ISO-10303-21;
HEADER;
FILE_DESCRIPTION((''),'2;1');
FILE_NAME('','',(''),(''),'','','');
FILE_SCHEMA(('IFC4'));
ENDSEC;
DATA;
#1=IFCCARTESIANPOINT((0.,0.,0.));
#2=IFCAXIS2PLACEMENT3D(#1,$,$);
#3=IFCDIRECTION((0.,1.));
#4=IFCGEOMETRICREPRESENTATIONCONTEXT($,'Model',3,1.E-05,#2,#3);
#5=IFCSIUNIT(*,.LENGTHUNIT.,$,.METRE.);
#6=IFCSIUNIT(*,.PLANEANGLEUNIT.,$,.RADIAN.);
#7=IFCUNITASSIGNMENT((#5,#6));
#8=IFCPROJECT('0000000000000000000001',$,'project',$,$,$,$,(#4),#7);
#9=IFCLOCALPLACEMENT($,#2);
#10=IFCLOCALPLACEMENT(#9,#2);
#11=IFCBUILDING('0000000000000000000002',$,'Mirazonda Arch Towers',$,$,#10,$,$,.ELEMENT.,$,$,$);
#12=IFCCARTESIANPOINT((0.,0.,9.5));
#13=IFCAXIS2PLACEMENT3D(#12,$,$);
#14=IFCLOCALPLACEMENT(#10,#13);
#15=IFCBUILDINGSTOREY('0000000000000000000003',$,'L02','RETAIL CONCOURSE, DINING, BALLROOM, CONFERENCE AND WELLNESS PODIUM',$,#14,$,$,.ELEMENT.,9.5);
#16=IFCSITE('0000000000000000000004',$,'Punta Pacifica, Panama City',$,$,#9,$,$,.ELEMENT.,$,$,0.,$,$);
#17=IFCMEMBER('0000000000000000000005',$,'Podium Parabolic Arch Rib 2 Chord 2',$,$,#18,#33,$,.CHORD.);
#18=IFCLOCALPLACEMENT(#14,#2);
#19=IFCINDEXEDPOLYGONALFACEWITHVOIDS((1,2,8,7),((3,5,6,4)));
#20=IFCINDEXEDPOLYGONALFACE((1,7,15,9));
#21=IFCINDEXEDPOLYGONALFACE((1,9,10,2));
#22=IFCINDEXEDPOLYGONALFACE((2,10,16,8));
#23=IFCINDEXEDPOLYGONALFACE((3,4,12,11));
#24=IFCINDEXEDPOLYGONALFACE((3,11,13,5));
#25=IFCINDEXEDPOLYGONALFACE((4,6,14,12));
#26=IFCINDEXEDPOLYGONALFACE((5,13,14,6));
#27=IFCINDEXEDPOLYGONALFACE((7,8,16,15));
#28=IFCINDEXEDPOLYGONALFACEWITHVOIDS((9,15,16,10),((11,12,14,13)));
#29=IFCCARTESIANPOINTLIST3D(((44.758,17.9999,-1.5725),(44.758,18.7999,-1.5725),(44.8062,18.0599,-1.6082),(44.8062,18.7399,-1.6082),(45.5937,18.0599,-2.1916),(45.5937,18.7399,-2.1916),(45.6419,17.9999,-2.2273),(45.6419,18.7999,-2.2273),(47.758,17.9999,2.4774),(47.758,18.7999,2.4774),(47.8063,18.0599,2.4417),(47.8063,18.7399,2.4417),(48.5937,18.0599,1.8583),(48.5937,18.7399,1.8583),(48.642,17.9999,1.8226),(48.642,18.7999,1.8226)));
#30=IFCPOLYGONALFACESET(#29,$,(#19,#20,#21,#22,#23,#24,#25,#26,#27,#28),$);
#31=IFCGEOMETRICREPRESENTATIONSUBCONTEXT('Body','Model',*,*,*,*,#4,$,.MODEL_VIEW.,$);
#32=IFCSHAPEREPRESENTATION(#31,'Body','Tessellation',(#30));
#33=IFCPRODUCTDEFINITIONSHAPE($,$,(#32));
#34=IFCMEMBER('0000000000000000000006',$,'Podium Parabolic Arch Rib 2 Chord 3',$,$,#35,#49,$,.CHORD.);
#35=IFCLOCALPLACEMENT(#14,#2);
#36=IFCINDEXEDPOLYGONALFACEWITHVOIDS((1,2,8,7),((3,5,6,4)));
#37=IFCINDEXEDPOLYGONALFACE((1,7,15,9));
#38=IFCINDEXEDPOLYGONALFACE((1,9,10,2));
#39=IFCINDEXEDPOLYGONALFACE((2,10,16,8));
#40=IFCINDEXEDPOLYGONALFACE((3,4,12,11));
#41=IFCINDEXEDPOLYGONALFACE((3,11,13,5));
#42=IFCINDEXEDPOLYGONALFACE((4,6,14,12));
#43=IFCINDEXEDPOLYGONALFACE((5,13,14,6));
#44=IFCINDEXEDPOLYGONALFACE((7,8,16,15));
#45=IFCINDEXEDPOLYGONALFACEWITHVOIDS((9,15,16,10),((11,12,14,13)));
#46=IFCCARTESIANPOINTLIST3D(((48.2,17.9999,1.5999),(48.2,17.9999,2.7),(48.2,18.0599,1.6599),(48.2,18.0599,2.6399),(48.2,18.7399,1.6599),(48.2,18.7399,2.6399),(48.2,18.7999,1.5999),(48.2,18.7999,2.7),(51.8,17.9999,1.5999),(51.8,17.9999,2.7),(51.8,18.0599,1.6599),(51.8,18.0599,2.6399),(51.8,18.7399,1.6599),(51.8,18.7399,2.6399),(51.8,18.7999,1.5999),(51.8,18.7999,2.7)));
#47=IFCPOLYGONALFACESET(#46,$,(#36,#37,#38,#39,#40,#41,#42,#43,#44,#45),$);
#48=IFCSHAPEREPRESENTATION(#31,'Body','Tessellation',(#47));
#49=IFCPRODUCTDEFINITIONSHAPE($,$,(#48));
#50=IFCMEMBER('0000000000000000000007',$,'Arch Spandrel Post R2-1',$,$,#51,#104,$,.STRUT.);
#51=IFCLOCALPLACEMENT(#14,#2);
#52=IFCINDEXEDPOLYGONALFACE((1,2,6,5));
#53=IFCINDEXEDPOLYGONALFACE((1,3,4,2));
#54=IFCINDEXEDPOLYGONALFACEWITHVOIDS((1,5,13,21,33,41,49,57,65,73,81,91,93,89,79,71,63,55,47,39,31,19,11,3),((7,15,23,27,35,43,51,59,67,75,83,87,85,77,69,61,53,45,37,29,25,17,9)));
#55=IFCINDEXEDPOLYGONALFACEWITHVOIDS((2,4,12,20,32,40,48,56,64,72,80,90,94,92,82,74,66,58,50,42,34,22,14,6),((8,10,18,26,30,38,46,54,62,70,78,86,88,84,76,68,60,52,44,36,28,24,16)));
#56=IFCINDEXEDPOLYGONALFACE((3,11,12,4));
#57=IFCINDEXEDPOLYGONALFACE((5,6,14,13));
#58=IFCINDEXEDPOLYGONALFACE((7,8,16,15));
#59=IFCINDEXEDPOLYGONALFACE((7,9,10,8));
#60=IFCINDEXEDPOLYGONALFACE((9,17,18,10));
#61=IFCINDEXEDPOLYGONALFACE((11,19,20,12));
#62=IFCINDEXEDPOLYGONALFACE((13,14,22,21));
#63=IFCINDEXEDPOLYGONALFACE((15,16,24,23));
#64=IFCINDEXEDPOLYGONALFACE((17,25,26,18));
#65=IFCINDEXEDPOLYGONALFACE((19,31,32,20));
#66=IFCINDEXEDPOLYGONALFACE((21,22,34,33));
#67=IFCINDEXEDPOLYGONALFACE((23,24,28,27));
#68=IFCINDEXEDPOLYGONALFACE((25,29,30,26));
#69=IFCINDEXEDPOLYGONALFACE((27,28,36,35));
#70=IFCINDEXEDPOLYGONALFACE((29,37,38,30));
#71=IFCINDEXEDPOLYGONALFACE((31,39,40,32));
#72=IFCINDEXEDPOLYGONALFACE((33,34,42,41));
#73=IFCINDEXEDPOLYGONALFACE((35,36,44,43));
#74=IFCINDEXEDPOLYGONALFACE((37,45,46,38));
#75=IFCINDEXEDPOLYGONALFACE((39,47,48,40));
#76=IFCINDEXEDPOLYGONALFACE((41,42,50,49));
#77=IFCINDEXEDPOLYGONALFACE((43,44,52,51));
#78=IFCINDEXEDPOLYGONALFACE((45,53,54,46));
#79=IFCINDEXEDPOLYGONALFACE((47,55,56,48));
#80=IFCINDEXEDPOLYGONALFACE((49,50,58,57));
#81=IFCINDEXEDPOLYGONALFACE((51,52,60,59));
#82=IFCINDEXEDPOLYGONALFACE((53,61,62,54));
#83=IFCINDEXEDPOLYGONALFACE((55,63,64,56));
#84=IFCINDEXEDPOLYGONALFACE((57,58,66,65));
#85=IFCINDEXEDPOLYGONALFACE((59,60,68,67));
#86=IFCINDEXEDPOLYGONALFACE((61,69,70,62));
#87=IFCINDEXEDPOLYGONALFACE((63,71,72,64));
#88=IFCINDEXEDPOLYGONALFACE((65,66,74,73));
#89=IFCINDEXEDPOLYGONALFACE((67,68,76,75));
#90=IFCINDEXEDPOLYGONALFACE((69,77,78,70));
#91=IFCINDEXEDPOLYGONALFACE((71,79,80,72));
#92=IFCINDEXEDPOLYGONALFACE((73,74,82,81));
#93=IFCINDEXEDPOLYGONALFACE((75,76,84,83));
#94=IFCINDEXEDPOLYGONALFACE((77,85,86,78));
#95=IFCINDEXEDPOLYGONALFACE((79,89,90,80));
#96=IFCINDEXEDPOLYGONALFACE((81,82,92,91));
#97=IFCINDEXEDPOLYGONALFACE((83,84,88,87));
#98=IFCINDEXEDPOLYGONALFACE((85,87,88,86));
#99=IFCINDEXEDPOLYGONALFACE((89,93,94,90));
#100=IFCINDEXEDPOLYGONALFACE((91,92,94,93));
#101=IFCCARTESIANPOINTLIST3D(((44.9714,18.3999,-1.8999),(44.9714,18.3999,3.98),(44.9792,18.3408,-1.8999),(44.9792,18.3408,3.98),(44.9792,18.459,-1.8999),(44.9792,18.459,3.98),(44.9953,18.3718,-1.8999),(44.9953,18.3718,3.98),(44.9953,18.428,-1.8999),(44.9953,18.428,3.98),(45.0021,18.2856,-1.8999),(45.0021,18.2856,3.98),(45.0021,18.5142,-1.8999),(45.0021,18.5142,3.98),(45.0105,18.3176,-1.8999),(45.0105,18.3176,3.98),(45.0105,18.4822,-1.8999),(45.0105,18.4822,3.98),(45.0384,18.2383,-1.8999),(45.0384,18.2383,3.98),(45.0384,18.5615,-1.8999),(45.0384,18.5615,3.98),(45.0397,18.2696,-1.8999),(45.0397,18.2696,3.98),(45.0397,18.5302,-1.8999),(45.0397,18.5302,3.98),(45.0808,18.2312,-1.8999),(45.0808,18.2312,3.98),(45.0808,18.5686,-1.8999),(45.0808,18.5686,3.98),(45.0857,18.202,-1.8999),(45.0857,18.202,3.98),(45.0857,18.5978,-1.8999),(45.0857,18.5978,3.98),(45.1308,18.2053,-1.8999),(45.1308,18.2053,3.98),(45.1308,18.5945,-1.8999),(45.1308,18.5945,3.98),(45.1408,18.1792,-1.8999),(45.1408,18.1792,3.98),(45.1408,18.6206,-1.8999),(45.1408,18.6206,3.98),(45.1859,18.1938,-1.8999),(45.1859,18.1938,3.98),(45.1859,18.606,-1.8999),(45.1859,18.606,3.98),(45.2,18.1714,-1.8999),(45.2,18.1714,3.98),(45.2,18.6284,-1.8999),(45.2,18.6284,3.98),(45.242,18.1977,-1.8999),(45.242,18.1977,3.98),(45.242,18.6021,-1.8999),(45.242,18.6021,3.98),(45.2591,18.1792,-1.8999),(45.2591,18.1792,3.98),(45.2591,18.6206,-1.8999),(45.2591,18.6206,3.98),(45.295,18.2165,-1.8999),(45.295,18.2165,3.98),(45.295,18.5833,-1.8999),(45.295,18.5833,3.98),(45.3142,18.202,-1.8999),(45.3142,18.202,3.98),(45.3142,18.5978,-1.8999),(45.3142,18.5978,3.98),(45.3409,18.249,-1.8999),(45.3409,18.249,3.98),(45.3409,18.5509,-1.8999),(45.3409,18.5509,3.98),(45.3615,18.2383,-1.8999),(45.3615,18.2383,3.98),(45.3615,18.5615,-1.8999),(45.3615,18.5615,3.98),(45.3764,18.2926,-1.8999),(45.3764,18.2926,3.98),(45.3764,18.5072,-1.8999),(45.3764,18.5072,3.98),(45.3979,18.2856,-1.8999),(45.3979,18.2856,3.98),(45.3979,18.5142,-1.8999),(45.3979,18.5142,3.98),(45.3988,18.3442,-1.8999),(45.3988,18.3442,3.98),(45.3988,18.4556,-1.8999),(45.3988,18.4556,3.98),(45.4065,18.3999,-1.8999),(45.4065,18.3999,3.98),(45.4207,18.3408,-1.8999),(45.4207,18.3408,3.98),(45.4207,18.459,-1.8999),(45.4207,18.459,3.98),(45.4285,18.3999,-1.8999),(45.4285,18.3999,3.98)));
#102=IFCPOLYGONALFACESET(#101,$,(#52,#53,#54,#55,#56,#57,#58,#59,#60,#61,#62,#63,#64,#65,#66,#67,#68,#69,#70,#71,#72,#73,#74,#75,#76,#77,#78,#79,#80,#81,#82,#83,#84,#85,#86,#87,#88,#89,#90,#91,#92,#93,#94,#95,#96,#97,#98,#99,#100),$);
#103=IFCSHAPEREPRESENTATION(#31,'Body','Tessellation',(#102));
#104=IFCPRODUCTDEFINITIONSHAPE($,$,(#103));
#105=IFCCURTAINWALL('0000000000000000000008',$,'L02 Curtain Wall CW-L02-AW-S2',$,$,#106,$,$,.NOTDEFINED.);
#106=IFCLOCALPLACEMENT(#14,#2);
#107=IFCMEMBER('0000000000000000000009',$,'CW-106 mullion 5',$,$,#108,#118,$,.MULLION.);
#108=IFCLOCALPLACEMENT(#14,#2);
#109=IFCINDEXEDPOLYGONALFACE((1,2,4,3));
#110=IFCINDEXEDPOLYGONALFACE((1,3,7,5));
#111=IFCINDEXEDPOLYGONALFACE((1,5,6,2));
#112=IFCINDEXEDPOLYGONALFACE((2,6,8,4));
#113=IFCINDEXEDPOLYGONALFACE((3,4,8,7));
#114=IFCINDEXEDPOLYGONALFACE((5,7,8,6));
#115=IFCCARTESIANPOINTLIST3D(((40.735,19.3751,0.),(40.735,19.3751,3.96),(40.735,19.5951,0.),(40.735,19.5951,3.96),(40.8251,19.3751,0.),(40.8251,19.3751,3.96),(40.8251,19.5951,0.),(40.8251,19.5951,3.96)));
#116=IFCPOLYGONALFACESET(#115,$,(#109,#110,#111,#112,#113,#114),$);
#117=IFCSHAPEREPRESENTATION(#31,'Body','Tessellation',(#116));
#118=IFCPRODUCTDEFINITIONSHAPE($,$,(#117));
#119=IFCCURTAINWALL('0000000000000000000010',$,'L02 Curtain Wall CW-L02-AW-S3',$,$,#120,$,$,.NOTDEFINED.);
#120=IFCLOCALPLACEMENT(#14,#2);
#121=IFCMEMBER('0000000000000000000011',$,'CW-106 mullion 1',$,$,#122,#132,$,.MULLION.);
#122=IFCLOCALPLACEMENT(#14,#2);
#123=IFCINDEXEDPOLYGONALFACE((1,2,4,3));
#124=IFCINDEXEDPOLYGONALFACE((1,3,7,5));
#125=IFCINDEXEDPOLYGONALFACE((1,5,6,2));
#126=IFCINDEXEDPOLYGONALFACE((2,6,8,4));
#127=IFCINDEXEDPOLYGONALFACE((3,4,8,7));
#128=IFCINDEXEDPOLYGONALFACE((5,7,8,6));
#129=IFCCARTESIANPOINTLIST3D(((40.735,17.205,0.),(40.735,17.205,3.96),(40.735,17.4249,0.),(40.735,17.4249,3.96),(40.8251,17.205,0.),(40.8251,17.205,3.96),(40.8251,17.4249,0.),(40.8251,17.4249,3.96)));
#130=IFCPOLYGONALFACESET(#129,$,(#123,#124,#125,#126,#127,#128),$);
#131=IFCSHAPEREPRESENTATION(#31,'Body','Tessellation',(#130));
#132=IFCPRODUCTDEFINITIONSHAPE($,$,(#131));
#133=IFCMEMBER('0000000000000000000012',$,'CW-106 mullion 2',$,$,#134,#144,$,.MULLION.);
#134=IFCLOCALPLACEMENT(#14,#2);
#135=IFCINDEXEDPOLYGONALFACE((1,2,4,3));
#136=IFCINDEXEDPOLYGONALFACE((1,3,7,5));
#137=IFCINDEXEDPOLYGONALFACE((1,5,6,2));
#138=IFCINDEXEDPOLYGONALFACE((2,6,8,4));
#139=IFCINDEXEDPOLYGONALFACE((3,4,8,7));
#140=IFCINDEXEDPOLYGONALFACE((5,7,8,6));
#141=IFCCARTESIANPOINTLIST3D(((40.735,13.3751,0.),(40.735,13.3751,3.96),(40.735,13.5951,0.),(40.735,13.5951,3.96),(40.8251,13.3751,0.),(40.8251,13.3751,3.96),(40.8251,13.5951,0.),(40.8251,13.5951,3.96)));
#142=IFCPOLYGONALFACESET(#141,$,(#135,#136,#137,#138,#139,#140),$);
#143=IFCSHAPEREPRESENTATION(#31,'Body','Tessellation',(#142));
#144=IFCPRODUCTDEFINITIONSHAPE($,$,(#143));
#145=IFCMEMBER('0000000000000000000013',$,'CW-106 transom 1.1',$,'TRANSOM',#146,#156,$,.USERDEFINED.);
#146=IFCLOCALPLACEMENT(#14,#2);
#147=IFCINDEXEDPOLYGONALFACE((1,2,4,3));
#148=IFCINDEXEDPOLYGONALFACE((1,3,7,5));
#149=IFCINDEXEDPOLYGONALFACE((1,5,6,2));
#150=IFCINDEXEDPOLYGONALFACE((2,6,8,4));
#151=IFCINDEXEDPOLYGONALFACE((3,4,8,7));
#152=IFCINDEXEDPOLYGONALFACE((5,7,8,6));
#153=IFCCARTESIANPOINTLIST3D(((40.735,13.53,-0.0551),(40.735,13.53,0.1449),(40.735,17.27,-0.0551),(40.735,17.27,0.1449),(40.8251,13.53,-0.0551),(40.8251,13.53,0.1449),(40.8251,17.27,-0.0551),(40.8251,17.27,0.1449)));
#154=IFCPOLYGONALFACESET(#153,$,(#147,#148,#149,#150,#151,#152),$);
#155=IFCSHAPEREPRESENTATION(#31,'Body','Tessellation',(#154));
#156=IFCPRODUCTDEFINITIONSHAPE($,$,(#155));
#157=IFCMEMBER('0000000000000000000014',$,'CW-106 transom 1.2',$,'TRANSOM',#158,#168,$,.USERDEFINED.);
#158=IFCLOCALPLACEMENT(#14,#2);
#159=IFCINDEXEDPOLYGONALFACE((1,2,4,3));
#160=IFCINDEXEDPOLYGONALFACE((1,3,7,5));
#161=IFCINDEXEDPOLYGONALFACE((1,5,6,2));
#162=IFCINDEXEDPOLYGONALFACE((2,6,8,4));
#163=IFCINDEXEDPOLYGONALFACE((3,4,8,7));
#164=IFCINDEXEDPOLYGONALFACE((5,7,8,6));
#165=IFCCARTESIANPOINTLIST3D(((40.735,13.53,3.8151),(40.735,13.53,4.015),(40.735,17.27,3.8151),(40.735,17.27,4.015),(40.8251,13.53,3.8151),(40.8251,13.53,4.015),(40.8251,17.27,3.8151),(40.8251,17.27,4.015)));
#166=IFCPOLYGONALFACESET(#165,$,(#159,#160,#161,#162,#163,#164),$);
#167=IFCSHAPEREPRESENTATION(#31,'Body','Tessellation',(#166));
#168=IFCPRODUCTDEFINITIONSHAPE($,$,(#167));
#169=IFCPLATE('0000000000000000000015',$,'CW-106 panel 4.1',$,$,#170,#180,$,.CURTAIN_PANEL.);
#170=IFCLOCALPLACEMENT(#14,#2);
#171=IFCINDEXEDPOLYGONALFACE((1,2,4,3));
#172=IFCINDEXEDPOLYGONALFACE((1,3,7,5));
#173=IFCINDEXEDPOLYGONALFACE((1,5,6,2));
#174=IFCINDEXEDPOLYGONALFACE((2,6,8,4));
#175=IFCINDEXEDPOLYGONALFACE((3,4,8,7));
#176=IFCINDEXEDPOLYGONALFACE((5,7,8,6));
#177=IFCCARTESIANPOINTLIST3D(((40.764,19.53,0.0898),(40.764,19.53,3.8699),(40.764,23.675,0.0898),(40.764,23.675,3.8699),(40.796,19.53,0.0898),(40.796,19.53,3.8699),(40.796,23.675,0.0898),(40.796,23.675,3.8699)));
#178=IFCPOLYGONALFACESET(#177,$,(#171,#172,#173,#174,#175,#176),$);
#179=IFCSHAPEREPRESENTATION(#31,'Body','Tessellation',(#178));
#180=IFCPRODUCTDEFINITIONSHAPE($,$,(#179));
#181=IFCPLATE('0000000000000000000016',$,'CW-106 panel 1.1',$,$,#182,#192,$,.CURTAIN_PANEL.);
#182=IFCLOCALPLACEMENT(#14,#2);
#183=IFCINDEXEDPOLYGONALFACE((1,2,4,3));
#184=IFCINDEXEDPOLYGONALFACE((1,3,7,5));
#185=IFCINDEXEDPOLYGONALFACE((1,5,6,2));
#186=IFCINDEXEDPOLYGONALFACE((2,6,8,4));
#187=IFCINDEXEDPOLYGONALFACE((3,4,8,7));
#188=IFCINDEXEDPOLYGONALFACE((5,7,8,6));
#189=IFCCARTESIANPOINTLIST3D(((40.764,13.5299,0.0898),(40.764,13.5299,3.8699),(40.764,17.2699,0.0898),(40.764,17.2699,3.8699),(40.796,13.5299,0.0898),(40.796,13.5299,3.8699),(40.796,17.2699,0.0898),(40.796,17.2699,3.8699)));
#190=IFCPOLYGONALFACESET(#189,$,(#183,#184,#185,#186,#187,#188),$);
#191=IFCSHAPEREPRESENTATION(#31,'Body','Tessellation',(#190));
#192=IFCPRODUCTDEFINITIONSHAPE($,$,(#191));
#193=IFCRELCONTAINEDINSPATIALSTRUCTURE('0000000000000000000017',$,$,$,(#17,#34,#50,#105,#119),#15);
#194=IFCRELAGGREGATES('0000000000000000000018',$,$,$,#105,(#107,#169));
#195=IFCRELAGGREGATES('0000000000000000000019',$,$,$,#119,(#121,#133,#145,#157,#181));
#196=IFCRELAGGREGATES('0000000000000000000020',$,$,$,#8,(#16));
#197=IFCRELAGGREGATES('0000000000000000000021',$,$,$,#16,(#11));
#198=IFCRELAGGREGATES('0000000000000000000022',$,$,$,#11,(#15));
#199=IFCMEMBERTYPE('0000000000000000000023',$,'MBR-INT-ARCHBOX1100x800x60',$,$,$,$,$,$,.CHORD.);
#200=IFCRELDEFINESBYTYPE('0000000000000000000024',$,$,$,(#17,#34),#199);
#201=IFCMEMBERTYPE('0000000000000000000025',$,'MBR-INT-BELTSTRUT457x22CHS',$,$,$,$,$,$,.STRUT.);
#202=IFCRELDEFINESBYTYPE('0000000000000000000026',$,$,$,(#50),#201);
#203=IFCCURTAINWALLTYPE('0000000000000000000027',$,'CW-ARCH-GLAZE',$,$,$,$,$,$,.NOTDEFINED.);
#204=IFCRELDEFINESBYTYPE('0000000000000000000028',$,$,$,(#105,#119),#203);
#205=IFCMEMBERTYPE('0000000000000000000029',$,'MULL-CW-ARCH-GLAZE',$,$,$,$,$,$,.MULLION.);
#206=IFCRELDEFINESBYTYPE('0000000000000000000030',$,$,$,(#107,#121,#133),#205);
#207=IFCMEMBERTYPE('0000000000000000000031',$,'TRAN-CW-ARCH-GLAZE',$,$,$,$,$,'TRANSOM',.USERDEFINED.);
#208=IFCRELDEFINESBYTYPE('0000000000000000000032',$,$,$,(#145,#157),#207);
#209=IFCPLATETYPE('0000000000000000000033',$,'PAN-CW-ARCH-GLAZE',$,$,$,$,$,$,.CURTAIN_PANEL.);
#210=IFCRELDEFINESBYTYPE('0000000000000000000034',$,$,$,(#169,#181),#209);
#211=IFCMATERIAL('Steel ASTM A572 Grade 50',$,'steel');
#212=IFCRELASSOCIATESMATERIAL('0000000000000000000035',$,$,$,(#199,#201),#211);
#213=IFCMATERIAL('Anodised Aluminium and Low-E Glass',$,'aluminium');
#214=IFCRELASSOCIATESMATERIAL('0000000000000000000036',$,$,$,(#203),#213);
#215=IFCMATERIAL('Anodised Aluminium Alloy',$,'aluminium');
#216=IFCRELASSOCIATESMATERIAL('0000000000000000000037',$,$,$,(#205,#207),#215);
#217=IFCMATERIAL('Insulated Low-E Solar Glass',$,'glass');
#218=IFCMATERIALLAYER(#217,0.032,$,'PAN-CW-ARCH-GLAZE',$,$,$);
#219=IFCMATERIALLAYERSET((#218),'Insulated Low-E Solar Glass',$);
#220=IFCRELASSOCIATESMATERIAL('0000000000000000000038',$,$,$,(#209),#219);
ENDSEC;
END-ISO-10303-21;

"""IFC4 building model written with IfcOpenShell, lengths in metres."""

from ifc_helpers import new_model, si_unit, direction, frame, origin, origin_2d, place, context, subcontext, project, spatial, rectangle, hollow_rectangle, hollow_circle, extrude, material, layer, layer_set, material_profile, profile_set, type_object, element, aggregate, save


model = new_model("IFC4")

# Units and contexts
model_context = context("Model", 3, precision=1e-05, world=origin(), true_north=direction((0.0, 1.0)))
body_context = subcontext(model_context, "Body", "Model", "MODEL_VIEW")
ifc_project = project(units=[si_unit("LENGTHUNIT", "METRE"), si_unit("PLANEANGLEUNIT", "RADIAN")], contexts=[model_context])

# Site, building, storey
site_placement = place(None, origin())
site = spatial("IfcSite", under=ifc_project, at=site_placement, Name="Punta Pacifica, Panama City", CompositionType="ELEMENT", RefElevation=0.0)
building_placement = place(site_placement, origin())
building = spatial("IfcBuilding", under=site, at=building_placement, Name="Mirazonda Arch Towers", CompositionType="ELEMENT")
storey_placement = place(building_placement, frame((0.0, 0.0, 9.5)))
storey = spatial("IfcBuildingStorey", under=building, at=storey_placement, Name="L02", Description="RETAIL CONCOURSE, DINING, BALLROOM, CONFERENCE AND WELLNESS PODIUM", CompositionType="ELEMENT", Elevation=9.5)

# Shared definitions
ifc_material_1 = material(Name="Steel ASTM A572 Grade 50", Category="steel")

# Members
ifc_material_profile_1 = material_profile(ifc_material_1, hollow_rectangle(XDim=0.8, YDim=1.1001, WallThickness=0.0601, at=origin_2d()), Name="ARCHBOX1100x800x60")
ifc_profile_set_1 = profile_set([ifc_material_profile_1], Name="Steel ASTM A572 Grade 50")
member_type_1 = type_object("IfcMemberType", Name="MBR-INT-ARCHBOX1100x800x60", PredefinedType="CHORD", material=ifc_profile_set_1)
member_1_placement = place(storey_placement, frame((45.2, 18.3999, -1.8999), z_axis=(0.595246, 0.0, 0.803543), x_axis=(0.0, 1.0, 0.0)))
element("IfcMember", 1, at=member_1_placement, inside=storey, type_object=member_type_1, Name="Podium Parabolic Arch Rib 2 Chord 2", PredefinedType="CHORD", context=body_context, shape_type="SweptSolid", body=[
    extrude(hollow_rectangle(XDim=0.8, YDim=1.1001, WallThickness=0.0601, at=origin_2d()), origin(), (0.0, 0.0, 1.0), 5.04),
])
member_2_placement = place(storey_placement, frame((48.2, 18.3999, 2.1499), z_axis=(1.0, 0.0, 0.0), x_axis=(0.0, 1.0, 0.0)))
element("IfcMember", 2, at=member_2_placement, inside=storey, type_object=member_type_1, Name="Podium Parabolic Arch Rib 2 Chord 3", PredefinedType="CHORD", context=body_context, shape_type="SweptSolid", body=[
    extrude(hollow_rectangle(XDim=0.8, YDim=1.1001, WallThickness=0.0601, at=origin_2d()), origin(), (0.0, 0.0, 1.0), 3.6001),
])
ifc_material_profile_2 = material_profile(ifc_material_1, hollow_circle(Radius=0.2285, WallThickness=0.022, at=origin_2d()), Name="BELTSTRUT457x22CHS")
ifc_profile_set_2 = profile_set([ifc_material_profile_2], Name="Steel ASTM A572 Grade 50")
member_type_2 = type_object("IfcMemberType", Name="MBR-INT-BELTSTRUT457x22CHS", PredefinedType="STRUT", material=ifc_profile_set_2)
member_3_placement = place(storey_placement, frame((45.2, 18.3999, -1.8999), z_axis=(0.0, 0.0, 1.0), x_axis=(1.0, 0.0, 0.0)))
element("IfcMember", 3, at=member_3_placement, inside=storey, type_object=member_type_2, Name="Arch Spandrel Post R2-1", PredefinedType="STRUT", context=body_context, shape_type="SweptSolid", body=[
    extrude(hollow_circle(Radius=0.2285, WallThickness=0.022, at=origin_2d()), origin(), (0.0, 0.0, 1.0), 5.8799),
])

# Curtain wall, member
ifc_material_2 = material(Name="Anodised Aluminium and Low-E Glass", Category="aluminium")
curtain_wall_type = type_object("IfcCurtainWallType", Name="CW-ARCH-GLAZE", PredefinedType="NOTDEFINED", material=ifc_material_2)
curtain_wall_1_placement = place(storey_placement, origin())
curtain_wall_1 = element("IfcCurtainWall", 4, at=curtain_wall_1_placement, inside=storey, type_object=curtain_wall_type, Name="L02 Curtain Wall CW-L02-AW-S2", PredefinedType="NOTDEFINED")
ifc_material_3 = material(Name="Anodised Aluminium Alloy", Category="aluminium")
ifc_material_profile_3 = material_profile(ifc_material_3, rectangle(XDim=0.0901, YDim=0.22, at=origin_2d()), Name="ALU-MULL-90x220")
ifc_profile_set_3 = profile_set([ifc_material_profile_3], Name="Anodised Aluminium Alloy")
member_type_3 = type_object("IfcMemberType", Name="MULL-CW-ARCH-GLAZE", PredefinedType="MULLION", material=ifc_profile_set_3)
member_4_placement = place(storey_placement, frame((40.78, 19.4851, 0.0), z_axis=(0.0, 0.0, 1.0), x_axis=(1.0, 0.0, 0.0)))
member_4 = element("IfcMember", 5, at=member_4_placement, type_object=member_type_3, Name="CW-106 mullion 5", PredefinedType="MULLION", context=body_context, shape_type="SweptSolid", body=[
    extrude(rectangle(XDim=0.0901, YDim=0.22, at=origin_2d()), origin(), (0.0, 0.0, 1.0), 3.96),
])

# Curtain wall, members
curtain_wall_2_placement = place(storey_placement, origin())
curtain_wall_2 = element("IfcCurtainWall", 6, at=curtain_wall_2_placement, inside=storey, type_object=curtain_wall_type, Name="L02 Curtain Wall CW-L02-AW-S3", PredefinedType="NOTDEFINED")
member_5_placement = place(storey_placement, frame((40.78, 17.3149, 0.0), z_axis=(0.0, 0.0, 1.0), x_axis=(1.0, 0.0, 0.0)))
member_5 = element("IfcMember", 7, at=member_5_placement, type_object=member_type_3, Name="CW-106 mullion 1", PredefinedType="MULLION", context=body_context, shape_type="SweptSolid", body=[
    extrude(rectangle(XDim=0.0901, YDim=0.22, at=origin_2d()), origin(), (0.0, 0.0, 1.0), 3.96),
])
member_6_placement = place(storey_placement, frame((40.78, 13.4851, 0.0), z_axis=(0.0, 0.0, 1.0), x_axis=(1.0, 0.0, 0.0)))
member_6 = element("IfcMember", 8, at=member_6_placement, type_object=member_type_3, Name="CW-106 mullion 2", PredefinedType="MULLION", context=body_context, shape_type="SweptSolid", body=[
    extrude(rectangle(XDim=0.0901, YDim=0.22, at=origin_2d()), origin(), (0.0, 0.0, 1.0), 3.96),
])
ifc_material_profile_4 = material_profile(ifc_material_3, rectangle(XDim=0.0901, YDim=0.2, at=origin_2d()), Name="ALU-TRAN-90x200")
ifc_profile_set_4 = profile_set([ifc_material_profile_4], Name="Anodised Aluminium Alloy")
member_type_4 = type_object("IfcMemberType", Name="TRAN-CW-ARCH-GLAZE", ElementType="TRANSOM", PredefinedType="USERDEFINED", material=ifc_profile_set_4)
member_7_placement = place(storey_placement, frame((40.78, 17.27, 0.0449), z_axis=(0.0, -1.0, 0.0), x_axis=(1.0, 0.0, 0.0)))
member_7 = element("IfcMember", 9, at=member_7_placement, type_object=member_type_4, Name="CW-106 transom 1.1", ObjectType="TRANSOM", PredefinedType="USERDEFINED", context=body_context, shape_type="SweptSolid", body=[
    extrude(rectangle(XDim=0.0901, YDim=0.2, at=origin_2d()), origin(), (0.0, 0.0, 1.0), 3.74),
])
member_8_placement = place(storey_placement, frame((40.78, 17.27, 3.915), z_axis=(0.0, -1.0, 0.0), x_axis=(1.0, 0.0, 0.0)))
member_8 = element("IfcMember", 10, at=member_8_placement, type_object=member_type_4, Name="CW-106 transom 1.2", ObjectType="TRANSOM", PredefinedType="USERDEFINED", context=body_context, shape_type="SweptSolid", body=[
    extrude(rectangle(XDim=0.0901, YDim=0.2, at=origin_2d()), origin(), (0.0, 0.0, 1.0), 3.74),
])

# Plates
ifc_material_4 = material(Name="Insulated Low-E Solar Glass", Category="glass")
ifc_layer_1 = layer(ifc_material_4, 0.032, Name="PAN-CW-ARCH-GLAZE")
ifc_layer_set_1 = layer_set([ifc_layer_1], Name="Insulated Low-E Solar Glass")
plate_type = type_object("IfcPlateType", Name="PAN-CW-ARCH-GLAZE", PredefinedType="CURTAIN_PANEL", material=ifc_layer_set_1)
plate_1_placement = place(storey_placement, frame((40.78, 21.6025, 0.0898), z_axis=(0.0, 0.0, 1.0), x_axis=(0.0, -1.0, 0.0)))
plate_1 = element("IfcPlate", 11, at=plate_1_placement, type_object=plate_type, Name="CW-106 panel 4.1", PredefinedType="CURTAIN_PANEL", context=body_context, shape_type="SweptSolid", body=[
    extrude(rectangle(XDim=4.145, YDim=0.032, at=origin_2d()), origin(), (0.0, 0.0, 1.0), 3.78),
])
aggregate(curtain_wall_1, [member_4, plate_1])
plate_2_placement = place(storey_placement, frame((40.78, 15.3999, 0.0898), z_axis=(0.0, 0.0, 1.0), x_axis=(0.0, -1.0, 0.0)))
plate_2 = element("IfcPlate", 12, at=plate_2_placement, type_object=plate_type, Name="CW-106 panel 1.1", PredefinedType="CURTAIN_PANEL", context=body_context, shape_type="SweptSolid", body=[
    extrude(rectangle(XDim=3.74, YDim=0.032, at=origin_2d()), origin(), (0.0, 0.0, 1.0), 3.78),
])
aggregate(curtain_wall_2, [member_5, member_6, member_7, member_8, plate_2])

save(model, "model.ifc")
